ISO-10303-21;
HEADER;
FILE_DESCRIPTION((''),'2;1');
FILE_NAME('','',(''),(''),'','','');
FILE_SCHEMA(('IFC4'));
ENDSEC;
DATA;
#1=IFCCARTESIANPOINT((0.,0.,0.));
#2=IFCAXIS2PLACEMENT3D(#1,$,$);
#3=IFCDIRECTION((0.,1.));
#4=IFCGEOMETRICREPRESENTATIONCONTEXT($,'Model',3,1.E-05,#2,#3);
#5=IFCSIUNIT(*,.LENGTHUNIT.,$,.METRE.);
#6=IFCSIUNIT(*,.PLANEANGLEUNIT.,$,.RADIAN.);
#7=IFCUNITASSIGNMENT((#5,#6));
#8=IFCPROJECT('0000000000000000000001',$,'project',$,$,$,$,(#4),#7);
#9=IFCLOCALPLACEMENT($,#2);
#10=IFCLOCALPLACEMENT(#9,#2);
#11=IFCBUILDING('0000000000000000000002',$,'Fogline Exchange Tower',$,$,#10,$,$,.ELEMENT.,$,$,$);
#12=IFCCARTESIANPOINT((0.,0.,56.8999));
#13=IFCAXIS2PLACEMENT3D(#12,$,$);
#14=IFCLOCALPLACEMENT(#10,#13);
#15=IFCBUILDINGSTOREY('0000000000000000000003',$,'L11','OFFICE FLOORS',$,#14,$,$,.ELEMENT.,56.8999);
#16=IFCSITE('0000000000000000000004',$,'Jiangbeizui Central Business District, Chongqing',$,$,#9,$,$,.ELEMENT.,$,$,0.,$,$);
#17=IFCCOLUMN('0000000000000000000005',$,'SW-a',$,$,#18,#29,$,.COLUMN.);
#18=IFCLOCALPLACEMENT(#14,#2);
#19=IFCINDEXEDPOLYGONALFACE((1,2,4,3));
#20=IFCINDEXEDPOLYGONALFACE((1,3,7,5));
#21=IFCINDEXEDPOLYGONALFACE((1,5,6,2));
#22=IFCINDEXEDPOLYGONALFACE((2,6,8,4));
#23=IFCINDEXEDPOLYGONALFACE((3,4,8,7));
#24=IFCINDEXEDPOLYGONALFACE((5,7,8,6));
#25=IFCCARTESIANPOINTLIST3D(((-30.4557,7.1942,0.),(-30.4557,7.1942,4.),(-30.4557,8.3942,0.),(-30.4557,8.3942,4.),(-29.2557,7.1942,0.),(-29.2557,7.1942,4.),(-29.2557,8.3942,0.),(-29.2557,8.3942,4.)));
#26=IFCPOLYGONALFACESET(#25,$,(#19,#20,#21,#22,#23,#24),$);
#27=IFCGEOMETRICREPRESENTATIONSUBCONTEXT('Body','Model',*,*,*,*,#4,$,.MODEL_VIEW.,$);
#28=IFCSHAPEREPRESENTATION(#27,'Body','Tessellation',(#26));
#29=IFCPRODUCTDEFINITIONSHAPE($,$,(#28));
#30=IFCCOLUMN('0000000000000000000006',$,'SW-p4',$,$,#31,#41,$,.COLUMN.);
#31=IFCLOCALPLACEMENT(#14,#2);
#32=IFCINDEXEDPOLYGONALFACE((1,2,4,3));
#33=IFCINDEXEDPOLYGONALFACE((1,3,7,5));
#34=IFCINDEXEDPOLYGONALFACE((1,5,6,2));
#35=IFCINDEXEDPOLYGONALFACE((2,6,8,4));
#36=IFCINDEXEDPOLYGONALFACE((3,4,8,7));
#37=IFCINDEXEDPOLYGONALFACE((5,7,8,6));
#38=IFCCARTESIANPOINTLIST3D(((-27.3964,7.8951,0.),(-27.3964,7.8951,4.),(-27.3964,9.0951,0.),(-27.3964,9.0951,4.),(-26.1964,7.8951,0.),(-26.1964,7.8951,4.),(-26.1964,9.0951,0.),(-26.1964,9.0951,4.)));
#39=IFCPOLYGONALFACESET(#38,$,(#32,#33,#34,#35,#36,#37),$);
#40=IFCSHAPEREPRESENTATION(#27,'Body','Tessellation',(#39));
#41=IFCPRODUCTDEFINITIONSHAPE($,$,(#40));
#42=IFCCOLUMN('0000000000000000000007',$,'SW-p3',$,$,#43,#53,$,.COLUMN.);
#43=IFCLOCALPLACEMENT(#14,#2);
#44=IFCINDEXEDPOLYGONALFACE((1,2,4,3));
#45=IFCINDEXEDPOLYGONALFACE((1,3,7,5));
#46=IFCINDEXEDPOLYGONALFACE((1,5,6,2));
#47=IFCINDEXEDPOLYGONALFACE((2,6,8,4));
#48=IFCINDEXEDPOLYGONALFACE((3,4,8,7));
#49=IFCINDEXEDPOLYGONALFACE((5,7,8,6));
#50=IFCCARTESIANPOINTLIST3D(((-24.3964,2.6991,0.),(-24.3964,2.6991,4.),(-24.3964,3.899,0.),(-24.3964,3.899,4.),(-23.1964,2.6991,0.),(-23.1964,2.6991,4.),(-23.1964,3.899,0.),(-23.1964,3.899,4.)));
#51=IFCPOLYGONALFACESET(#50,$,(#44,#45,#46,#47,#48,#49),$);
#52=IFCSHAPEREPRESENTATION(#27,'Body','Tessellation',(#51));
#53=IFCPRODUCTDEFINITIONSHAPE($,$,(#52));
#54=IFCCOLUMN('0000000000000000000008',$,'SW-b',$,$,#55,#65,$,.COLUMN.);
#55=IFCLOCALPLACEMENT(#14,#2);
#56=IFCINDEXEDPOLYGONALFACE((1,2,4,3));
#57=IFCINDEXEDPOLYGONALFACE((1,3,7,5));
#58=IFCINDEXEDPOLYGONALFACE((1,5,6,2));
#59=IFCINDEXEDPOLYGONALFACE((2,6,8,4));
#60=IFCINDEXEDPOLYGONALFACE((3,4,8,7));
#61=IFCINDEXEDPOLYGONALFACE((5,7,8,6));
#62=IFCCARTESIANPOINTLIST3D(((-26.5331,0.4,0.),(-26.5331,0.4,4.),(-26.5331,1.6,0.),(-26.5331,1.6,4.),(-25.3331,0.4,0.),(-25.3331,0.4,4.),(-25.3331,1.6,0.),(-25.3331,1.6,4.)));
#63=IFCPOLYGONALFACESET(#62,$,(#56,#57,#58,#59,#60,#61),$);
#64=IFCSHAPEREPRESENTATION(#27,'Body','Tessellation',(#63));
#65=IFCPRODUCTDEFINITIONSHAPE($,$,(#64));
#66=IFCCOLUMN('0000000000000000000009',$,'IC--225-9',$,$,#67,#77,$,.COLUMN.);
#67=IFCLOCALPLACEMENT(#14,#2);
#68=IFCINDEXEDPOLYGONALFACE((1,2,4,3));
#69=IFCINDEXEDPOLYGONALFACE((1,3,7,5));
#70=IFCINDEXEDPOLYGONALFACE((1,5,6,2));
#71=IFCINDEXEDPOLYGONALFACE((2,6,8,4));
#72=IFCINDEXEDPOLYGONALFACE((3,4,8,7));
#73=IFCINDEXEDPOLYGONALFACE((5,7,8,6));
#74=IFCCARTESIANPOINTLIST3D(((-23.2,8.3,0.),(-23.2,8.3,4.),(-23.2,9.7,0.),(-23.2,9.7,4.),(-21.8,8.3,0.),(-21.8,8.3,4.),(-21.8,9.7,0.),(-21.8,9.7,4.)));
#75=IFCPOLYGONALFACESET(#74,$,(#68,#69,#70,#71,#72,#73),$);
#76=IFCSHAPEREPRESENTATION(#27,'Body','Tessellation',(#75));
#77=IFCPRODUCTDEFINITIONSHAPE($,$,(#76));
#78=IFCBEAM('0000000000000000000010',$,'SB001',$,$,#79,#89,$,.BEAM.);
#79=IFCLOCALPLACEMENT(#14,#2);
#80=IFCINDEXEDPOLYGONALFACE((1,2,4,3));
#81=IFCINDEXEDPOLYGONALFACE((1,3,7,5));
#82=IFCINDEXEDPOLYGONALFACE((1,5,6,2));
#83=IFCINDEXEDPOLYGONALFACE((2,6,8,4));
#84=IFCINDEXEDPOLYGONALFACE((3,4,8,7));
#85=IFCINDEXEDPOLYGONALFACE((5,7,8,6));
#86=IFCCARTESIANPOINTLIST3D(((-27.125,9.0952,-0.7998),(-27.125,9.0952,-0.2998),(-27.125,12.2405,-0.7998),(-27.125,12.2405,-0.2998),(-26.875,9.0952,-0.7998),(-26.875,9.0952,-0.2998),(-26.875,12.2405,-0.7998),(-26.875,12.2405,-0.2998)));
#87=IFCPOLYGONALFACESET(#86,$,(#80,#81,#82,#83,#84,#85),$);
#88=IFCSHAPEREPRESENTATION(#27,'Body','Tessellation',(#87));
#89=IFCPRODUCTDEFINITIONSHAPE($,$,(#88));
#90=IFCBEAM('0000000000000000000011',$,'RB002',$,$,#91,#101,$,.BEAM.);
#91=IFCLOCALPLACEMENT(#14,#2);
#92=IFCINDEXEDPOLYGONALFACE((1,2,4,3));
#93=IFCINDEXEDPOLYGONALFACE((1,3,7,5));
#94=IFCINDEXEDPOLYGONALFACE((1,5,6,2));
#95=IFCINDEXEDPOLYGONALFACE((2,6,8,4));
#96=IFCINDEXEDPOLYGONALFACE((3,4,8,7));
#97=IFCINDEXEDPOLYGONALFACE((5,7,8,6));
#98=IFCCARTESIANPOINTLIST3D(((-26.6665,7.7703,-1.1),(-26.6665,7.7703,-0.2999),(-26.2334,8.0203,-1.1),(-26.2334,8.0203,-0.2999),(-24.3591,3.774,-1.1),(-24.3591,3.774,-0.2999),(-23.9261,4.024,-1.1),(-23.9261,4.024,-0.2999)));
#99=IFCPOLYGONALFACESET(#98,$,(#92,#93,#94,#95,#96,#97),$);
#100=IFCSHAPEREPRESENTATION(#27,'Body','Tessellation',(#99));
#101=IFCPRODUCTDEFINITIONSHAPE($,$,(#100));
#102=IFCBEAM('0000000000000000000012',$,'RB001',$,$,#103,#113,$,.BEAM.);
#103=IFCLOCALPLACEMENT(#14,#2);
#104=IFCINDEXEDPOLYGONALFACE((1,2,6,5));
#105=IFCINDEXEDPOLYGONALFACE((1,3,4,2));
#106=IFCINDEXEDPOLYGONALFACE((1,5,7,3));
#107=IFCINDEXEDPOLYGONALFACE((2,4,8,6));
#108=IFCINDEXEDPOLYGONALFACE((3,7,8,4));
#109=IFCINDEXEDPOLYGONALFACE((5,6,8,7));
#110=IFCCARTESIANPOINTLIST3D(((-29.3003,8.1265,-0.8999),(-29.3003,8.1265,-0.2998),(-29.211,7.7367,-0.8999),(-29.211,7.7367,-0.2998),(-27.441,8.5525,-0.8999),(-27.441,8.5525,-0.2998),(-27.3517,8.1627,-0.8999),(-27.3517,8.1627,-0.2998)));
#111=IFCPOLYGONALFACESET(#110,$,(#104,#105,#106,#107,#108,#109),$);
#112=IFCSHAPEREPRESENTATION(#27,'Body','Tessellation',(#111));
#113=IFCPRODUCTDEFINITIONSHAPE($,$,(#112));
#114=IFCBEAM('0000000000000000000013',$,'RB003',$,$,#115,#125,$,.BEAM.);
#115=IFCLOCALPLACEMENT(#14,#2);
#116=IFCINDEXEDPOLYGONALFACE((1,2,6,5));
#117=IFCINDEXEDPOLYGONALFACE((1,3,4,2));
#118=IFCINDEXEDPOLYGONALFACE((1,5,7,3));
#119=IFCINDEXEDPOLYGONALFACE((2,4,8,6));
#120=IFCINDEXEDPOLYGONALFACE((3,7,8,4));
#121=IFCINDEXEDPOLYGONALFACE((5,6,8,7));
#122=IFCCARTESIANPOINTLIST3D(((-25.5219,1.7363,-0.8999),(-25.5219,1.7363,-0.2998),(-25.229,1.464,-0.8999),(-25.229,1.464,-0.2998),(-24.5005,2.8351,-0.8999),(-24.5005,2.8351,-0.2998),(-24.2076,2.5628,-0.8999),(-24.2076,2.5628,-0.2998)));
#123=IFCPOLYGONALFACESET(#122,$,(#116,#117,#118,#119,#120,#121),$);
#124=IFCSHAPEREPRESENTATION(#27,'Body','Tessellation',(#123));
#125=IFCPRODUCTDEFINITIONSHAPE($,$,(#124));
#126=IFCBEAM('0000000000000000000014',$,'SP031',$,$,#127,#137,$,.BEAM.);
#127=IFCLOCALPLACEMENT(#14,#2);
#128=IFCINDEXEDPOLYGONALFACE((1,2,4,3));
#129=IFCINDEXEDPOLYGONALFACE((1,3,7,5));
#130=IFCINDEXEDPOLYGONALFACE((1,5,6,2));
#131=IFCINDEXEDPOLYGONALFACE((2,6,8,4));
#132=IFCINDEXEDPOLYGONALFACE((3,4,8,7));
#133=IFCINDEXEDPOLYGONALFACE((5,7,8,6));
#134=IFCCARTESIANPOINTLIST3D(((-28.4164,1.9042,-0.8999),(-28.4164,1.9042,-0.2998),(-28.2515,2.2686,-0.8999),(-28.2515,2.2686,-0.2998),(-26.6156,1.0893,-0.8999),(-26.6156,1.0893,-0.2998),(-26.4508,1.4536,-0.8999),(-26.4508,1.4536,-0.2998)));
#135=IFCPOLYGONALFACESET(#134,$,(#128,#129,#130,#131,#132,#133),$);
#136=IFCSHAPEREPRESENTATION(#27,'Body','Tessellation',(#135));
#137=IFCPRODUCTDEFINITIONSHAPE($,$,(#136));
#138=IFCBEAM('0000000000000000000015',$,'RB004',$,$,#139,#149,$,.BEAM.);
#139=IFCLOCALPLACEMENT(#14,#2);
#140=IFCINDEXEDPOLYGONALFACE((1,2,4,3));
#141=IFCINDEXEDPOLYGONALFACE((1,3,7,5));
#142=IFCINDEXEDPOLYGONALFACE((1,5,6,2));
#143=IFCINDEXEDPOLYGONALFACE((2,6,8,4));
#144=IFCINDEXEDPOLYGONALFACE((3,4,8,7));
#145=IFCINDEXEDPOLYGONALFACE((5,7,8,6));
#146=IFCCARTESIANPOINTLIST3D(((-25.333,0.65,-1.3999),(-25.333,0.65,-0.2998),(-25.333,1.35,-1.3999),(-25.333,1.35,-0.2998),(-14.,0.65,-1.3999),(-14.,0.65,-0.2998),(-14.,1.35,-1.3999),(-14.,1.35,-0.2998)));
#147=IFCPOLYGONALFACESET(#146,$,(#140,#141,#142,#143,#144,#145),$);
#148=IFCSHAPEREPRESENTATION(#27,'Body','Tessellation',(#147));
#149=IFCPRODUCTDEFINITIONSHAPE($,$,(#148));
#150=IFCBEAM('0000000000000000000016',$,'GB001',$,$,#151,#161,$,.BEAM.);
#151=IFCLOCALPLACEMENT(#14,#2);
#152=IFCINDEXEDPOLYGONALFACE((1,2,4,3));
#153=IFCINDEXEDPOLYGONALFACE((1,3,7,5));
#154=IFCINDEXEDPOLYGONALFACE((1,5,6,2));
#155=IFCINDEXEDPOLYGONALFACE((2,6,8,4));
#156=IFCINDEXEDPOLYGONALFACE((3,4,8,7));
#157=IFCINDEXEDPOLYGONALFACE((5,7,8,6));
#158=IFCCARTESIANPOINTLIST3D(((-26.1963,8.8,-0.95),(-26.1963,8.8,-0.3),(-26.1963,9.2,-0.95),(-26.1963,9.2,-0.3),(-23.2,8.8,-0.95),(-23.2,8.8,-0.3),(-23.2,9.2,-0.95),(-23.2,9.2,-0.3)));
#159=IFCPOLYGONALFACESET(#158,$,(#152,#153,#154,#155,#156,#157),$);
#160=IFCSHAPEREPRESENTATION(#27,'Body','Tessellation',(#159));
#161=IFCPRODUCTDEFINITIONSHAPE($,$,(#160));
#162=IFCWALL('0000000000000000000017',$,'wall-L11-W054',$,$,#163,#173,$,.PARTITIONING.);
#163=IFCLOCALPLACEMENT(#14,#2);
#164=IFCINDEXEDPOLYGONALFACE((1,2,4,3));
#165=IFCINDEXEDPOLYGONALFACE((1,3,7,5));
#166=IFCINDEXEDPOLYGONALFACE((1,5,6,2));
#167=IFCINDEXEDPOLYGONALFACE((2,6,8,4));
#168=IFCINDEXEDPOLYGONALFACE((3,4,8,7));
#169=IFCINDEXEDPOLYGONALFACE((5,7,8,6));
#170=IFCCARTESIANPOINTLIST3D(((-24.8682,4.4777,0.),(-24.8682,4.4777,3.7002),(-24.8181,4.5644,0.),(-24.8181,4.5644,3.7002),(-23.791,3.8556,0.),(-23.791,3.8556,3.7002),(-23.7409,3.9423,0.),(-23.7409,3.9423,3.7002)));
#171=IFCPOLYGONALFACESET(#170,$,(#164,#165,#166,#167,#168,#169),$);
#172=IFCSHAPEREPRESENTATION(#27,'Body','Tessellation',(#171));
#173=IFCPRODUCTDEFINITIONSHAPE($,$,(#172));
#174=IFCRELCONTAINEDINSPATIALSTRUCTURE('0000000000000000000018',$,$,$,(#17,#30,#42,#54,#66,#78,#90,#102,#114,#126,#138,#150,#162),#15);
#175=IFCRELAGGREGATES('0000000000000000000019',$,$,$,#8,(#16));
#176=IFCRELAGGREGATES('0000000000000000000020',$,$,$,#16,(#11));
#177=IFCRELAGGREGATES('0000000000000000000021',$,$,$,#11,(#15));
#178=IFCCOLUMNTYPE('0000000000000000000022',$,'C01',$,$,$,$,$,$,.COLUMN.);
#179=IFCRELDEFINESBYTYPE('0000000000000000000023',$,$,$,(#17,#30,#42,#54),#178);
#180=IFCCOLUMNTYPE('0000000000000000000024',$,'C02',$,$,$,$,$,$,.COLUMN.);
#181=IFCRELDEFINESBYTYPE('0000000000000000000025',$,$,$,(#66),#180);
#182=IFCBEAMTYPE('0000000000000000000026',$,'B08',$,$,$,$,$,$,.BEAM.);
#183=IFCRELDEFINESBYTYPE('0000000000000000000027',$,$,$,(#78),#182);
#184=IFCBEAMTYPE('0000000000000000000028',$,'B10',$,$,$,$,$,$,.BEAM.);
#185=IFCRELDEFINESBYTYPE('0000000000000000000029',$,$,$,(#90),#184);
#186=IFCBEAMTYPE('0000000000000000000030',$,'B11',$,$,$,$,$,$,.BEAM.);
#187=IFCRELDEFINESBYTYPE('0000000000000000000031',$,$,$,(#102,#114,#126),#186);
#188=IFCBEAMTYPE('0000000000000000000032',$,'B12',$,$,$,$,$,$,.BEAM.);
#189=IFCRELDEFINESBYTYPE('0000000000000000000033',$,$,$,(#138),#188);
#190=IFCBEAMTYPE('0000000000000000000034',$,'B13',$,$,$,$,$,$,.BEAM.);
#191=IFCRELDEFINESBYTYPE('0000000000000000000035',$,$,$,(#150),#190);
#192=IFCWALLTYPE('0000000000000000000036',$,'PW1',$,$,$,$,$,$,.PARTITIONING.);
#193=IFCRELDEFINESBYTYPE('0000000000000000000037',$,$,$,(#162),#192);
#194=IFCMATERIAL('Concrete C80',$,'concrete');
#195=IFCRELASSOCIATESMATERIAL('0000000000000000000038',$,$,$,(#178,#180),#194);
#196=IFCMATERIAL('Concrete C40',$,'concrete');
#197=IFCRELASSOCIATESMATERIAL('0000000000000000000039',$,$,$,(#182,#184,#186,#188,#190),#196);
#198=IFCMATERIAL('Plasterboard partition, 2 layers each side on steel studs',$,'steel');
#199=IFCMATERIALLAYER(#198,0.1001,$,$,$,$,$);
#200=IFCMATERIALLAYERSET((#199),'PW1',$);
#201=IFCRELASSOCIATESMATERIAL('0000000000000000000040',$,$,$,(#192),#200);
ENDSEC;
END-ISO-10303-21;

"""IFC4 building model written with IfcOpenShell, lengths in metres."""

from ifc_helpers import new_model, si_unit, direction, frame, frame_2d, origin, origin_2d, place, context, subcontext, project, spatial, rectangle, extrude, material, layer, layer_set, material_profile, profile_set, type_object, element, save


model = new_model("IFC4")

# Units and contexts
model_context = context("Model", 3, precision=1e-05, world=origin(), true_north=direction((0.0, 1.0)))
body_context = subcontext(model_context, "Body", "Model", "MODEL_VIEW")
ifc_project = project(units=[si_unit("LENGTHUNIT", "METRE"), si_unit("PLANEANGLEUNIT", "RADIAN")], contexts=[model_context])

# Site, building, storey
site_placement = place(None, origin())
site = spatial("IfcSite", under=ifc_project, at=site_placement, Name="Jiangbeizui Central Business District, Chongqing", CompositionType="ELEMENT", RefElevation=0.0)
building_placement = place(site_placement, origin())
building = spatial("IfcBuilding", under=site, at=building_placement, Name="Fogline Exchange Tower", CompositionType="ELEMENT")
storey_placement = place(building_placement, frame((0.0, 0.0, 56.8999)))
storey = spatial("IfcBuildingStorey", under=building, at=storey_placement, Name="L11", Description="OFFICE FLOORS", CompositionType="ELEMENT", Elevation=56.8999)

# Columns
ifc_material_1 = material(Name="Concrete C80", Category="concrete")
ifc_material_profile_1 = material_profile(ifc_material_1, rectangle(XDim=1.2, YDim=1.2, at=origin_2d()), Name="RC 1200x1200")
ifc_profile_set_1 = profile_set([ifc_material_profile_1], Name="Concrete C80")
column_type_1 = type_object("IfcColumnType", Name="C01", PredefinedType="COLUMN", material=ifc_profile_set_1)
for number, where, z_axis, x_axis, name in (
    (1, (-29.8557, 7.7942, 0.0), (0.0, 0.0, 1.0), (1.0, 0.0, 0.0), "SW-a"),
    (2, (-26.7964, 8.4951, 0.0), (0.0, 0.0, 1.0), (1.0, 0.0, 0.0), "SW-p4"),
    (3, (-23.7964, 3.2991, 0.0), (0.0, 0.0, 1.0), (1.0, 0.0, 0.0), "SW-p3"),
    (4, (-25.9331, 1.0, 0.0), (0.0, 0.0, 1.0), (1.0, 0.0, 0.0), "SW-b"),
):
    element("IfcColumn", number, at=place(storey_placement, frame(where, z_axis=z_axis, x_axis=x_axis)), inside=storey, type_object=column_type_1, Name=name, PredefinedType="COLUMN", context=body_context, shape_type="SweptSolid", body=[
        extrude(rectangle(XDim=1.2, YDim=1.2, at=origin_2d()), origin(), (0.0, 0.0, 1.0), 4.0),
    ])
ifc_material_profile_2 = material_profile(ifc_material_1, rectangle(XDim=1.3999, YDim=1.3999, at=origin_2d()), Name="RC 1400x1400")
ifc_profile_set_2 = profile_set([ifc_material_profile_2], Name="Concrete C80")
column_type_2 = type_object("IfcColumnType", Name="C02", PredefinedType="COLUMN", material=ifc_profile_set_2)
column_placement = place(storey_placement, frame((-22.5, 9.0, 0.0), z_axis=(0.0, 0.0, 1.0), x_axis=(1.0, 0.0, 0.0)))
element("IfcColumn", 5, at=column_placement, inside=storey, type_object=column_type_2, Name="IC--225-9", PredefinedType="COLUMN", context=body_context, shape_type="SweptSolid", body=[
    extrude(rectangle(XDim=1.3999, YDim=1.3999, at=origin_2d()), origin(), (0.0, 0.0, 1.0), 4.0),
])

# Beams
ifc_material_2 = material(Name="Concrete C40", Category="concrete")
ifc_material_profile_3 = material_profile(ifc_material_2, rectangle(XDim=0.25, YDim=0.5, at=origin_2d()), Name="RC 250x500")
ifc_profile_set_3 = profile_set([ifc_material_profile_3], Name="Concrete C40")
beam_type_1 = type_object("IfcBeamType", Name="B08", PredefinedType="BEAM", material=ifc_profile_set_3)
beam_1_placement = place(storey_placement, frame((-27.0, 9.0952, -0.5498), z_axis=(0.0, 1.0, 0.0), x_axis=(-1.0, 0.0, 0.0)))
element("IfcBeam", 6, at=beam_1_placement, inside=storey, type_object=beam_type_1, Name="SB001", PredefinedType="BEAM", context=body_context, shape_type="SweptSolid", body=[
    extrude(rectangle(XDim=0.25, YDim=0.5, at=origin_2d()), origin(), (0.0, 0.0, 1.0), 3.1453),
])
ifc_material_profile_4 = material_profile(ifc_material_2, rectangle(XDim=0.5, YDim=0.8, at=origin_2d()), Name="RC 500x800")
ifc_profile_set_4 = profile_set([ifc_material_profile_4], Name="Concrete C40")
beam_type_2 = type_object("IfcBeamType", Name="B10", PredefinedType="BEAM", material=ifc_profile_set_4)
beam_2_placement = place(storey_placement, frame((-26.45, 7.8953, -0.7), z_axis=(0.500014, -0.866017, 0.0), x_axis=(0.866017, 0.500014, 0.0)))
element("IfcBeam", 7, at=beam_2_placement, inside=storey, type_object=beam_type_2, Name="RB002", PredefinedType="BEAM", context=body_context, shape_type="SweptSolid", body=[
    extrude(rectangle(XDim=0.5, YDim=0.8, at=origin_2d()), origin(), (0.0, 0.0, 1.0), 4.6145),
])
ifc_material_profile_5 = material_profile(ifc_material_2, rectangle(XDim=0.3999, YDim=0.6001, at=origin_2d()), Name="RC 400x600")
ifc_profile_set_5 = profile_set([ifc_material_profile_5], Name="Concrete C40")
beam_type_3 = type_object("IfcBeamType", Name="B11", PredefinedType="BEAM", material=ifc_profile_set_5)
beam_3_placement = place(storey_placement, frame((-29.2556, 7.9316, -0.5999), z_axis=(0.974742, 0.223336, 0.0), x_axis=(-0.223336, 0.974742, 0.0)))
element("IfcBeam", 8, at=beam_3_placement, inside=storey, type_object=beam_type_3, Name="RB001", PredefinedType="BEAM", context=body_context, shape_type="SweptSolid", body=[
    extrude(rectangle(XDim=0.3999, YDim=0.6001, at=origin_2d()), origin(), (0.0, 0.0, 1.0), 1.9075),
])
beam_4_placement = place(storey_placement, frame((-24.354, 2.699, -0.5999), z_axis=(-0.680844, -0.732428, 0.0), x_axis=(0.732428, -0.680844, 0.0)))
element("IfcBeam", 9, at=beam_4_placement, inside=storey, type_object=beam_type_3, Name="RB003", PredefinedType="BEAM", context=body_context, shape_type="SweptSolid", body=[
    extrude(rectangle(XDim=0.3999, YDim=0.6001, at=origin_2d()), origin(), (0.0, 0.0, 1.0), 1.5002),
])
beam_5_placement = place(storey_placement, frame((-26.5332, 1.2715, -0.5999), z_axis=(-0.91105, 0.412295, 0.0), x_axis=(-0.412295, -0.91105, 0.0)))
element("IfcBeam", 10, at=beam_5_placement, inside=storey, type_object=beam_type_3, Name="SP031", PredefinedType="BEAM", context=body_context, shape_type="SweptSolid", body=[
    extrude(rectangle(XDim=0.3999, YDim=0.6001, at=origin_2d()), origin(), (0.0, 0.0, 1.0), 1.9766),
])
ifc_material_profile_6 = material_profile(ifc_material_2, rectangle(XDim=0.7, YDim=1.1001, at=origin_2d()), Name="RC 700x1100")
ifc_profile_set_6 = profile_set([ifc_material_profile_6], Name="Concrete C40")
beam_type_4 = type_object("IfcBeamType", Name="B12", PredefinedType="BEAM", material=ifc_profile_set_6)
beam_6_placement = place(storey_placement, frame((-25.333, 1.0, -0.8499), z_axis=(1.0, 0.0, 0.0), x_axis=(0.0, 1.0, 0.0)))
element("IfcBeam", 11, at=beam_6_placement, inside=storey, type_object=beam_type_4, Name="RB004", PredefinedType="BEAM", context=body_context, shape_type="SweptSolid", body=[
    extrude(rectangle(XDim=0.7, YDim=1.1001, at=origin_2d()), origin(), (0.0, 0.0, 1.0), 11.333),
])
ifc_material_profile_7 = material_profile(ifc_material_2, rectangle(XDim=0.3999, YDim=0.6499, at=origin_2d()), Name="RC 400x650")
ifc_profile_set_7 = profile_set([ifc_material_profile_7], Name="Concrete C40")
beam_type_5 = type_object("IfcBeamType", Name="B13", PredefinedType="BEAM", material=ifc_profile_set_7)
beam_7_placement = place(storey_placement, frame((-26.1963, 9.0, -0.625), z_axis=(1.0, 0.0, 0.0), x_axis=(0.0, 1.0, 0.0)))
element("IfcBeam", 12, at=beam_7_placement, inside=storey, type_object=beam_type_5, Name="GB001", PredefinedType="BEAM", context=body_context, shape_type="SweptSolid", body=[
    extrude(rectangle(XDim=0.3999, YDim=0.6499, at=origin_2d()), origin(), (0.0, 0.0, 1.0), 2.9963),
])

# Wall
ifc_material_3 = material(Name="Plasterboard partition, 2 layers each side on steel studs", Category="steel")
ifc_layer_1 = layer(ifc_material_3, 0.1001)
ifc_layer_set_1 = layer_set([ifc_layer_1], Name="PW1")
wall_type_1 = type_object("IfcWallType", Name="PW1", PredefinedType="PARTITIONING", material=ifc_layer_set_1)
wall_1_placement = place(storey_placement, frame((-23.7659, 3.8989, 0.0), z_axis=(0.0, 0.0, 1.0), x_axis=(-0.865963, 0.500108, 0.0)))
element("IfcWall", 13, at=wall_1_placement, inside=storey, type_object=wall_type_1, Name="wall-L11-W054", PredefinedType="PARTITIONING", context=body_context, shape_type="SweptSolid", body=[
    extrude(rectangle(XDim=1.2439, YDim=0.1001, at=frame_2d((0.6221, 0.0))), origin(), (0.0, 0.0, 1.0), 3.7002),
])

save(model, "model.ifc")
